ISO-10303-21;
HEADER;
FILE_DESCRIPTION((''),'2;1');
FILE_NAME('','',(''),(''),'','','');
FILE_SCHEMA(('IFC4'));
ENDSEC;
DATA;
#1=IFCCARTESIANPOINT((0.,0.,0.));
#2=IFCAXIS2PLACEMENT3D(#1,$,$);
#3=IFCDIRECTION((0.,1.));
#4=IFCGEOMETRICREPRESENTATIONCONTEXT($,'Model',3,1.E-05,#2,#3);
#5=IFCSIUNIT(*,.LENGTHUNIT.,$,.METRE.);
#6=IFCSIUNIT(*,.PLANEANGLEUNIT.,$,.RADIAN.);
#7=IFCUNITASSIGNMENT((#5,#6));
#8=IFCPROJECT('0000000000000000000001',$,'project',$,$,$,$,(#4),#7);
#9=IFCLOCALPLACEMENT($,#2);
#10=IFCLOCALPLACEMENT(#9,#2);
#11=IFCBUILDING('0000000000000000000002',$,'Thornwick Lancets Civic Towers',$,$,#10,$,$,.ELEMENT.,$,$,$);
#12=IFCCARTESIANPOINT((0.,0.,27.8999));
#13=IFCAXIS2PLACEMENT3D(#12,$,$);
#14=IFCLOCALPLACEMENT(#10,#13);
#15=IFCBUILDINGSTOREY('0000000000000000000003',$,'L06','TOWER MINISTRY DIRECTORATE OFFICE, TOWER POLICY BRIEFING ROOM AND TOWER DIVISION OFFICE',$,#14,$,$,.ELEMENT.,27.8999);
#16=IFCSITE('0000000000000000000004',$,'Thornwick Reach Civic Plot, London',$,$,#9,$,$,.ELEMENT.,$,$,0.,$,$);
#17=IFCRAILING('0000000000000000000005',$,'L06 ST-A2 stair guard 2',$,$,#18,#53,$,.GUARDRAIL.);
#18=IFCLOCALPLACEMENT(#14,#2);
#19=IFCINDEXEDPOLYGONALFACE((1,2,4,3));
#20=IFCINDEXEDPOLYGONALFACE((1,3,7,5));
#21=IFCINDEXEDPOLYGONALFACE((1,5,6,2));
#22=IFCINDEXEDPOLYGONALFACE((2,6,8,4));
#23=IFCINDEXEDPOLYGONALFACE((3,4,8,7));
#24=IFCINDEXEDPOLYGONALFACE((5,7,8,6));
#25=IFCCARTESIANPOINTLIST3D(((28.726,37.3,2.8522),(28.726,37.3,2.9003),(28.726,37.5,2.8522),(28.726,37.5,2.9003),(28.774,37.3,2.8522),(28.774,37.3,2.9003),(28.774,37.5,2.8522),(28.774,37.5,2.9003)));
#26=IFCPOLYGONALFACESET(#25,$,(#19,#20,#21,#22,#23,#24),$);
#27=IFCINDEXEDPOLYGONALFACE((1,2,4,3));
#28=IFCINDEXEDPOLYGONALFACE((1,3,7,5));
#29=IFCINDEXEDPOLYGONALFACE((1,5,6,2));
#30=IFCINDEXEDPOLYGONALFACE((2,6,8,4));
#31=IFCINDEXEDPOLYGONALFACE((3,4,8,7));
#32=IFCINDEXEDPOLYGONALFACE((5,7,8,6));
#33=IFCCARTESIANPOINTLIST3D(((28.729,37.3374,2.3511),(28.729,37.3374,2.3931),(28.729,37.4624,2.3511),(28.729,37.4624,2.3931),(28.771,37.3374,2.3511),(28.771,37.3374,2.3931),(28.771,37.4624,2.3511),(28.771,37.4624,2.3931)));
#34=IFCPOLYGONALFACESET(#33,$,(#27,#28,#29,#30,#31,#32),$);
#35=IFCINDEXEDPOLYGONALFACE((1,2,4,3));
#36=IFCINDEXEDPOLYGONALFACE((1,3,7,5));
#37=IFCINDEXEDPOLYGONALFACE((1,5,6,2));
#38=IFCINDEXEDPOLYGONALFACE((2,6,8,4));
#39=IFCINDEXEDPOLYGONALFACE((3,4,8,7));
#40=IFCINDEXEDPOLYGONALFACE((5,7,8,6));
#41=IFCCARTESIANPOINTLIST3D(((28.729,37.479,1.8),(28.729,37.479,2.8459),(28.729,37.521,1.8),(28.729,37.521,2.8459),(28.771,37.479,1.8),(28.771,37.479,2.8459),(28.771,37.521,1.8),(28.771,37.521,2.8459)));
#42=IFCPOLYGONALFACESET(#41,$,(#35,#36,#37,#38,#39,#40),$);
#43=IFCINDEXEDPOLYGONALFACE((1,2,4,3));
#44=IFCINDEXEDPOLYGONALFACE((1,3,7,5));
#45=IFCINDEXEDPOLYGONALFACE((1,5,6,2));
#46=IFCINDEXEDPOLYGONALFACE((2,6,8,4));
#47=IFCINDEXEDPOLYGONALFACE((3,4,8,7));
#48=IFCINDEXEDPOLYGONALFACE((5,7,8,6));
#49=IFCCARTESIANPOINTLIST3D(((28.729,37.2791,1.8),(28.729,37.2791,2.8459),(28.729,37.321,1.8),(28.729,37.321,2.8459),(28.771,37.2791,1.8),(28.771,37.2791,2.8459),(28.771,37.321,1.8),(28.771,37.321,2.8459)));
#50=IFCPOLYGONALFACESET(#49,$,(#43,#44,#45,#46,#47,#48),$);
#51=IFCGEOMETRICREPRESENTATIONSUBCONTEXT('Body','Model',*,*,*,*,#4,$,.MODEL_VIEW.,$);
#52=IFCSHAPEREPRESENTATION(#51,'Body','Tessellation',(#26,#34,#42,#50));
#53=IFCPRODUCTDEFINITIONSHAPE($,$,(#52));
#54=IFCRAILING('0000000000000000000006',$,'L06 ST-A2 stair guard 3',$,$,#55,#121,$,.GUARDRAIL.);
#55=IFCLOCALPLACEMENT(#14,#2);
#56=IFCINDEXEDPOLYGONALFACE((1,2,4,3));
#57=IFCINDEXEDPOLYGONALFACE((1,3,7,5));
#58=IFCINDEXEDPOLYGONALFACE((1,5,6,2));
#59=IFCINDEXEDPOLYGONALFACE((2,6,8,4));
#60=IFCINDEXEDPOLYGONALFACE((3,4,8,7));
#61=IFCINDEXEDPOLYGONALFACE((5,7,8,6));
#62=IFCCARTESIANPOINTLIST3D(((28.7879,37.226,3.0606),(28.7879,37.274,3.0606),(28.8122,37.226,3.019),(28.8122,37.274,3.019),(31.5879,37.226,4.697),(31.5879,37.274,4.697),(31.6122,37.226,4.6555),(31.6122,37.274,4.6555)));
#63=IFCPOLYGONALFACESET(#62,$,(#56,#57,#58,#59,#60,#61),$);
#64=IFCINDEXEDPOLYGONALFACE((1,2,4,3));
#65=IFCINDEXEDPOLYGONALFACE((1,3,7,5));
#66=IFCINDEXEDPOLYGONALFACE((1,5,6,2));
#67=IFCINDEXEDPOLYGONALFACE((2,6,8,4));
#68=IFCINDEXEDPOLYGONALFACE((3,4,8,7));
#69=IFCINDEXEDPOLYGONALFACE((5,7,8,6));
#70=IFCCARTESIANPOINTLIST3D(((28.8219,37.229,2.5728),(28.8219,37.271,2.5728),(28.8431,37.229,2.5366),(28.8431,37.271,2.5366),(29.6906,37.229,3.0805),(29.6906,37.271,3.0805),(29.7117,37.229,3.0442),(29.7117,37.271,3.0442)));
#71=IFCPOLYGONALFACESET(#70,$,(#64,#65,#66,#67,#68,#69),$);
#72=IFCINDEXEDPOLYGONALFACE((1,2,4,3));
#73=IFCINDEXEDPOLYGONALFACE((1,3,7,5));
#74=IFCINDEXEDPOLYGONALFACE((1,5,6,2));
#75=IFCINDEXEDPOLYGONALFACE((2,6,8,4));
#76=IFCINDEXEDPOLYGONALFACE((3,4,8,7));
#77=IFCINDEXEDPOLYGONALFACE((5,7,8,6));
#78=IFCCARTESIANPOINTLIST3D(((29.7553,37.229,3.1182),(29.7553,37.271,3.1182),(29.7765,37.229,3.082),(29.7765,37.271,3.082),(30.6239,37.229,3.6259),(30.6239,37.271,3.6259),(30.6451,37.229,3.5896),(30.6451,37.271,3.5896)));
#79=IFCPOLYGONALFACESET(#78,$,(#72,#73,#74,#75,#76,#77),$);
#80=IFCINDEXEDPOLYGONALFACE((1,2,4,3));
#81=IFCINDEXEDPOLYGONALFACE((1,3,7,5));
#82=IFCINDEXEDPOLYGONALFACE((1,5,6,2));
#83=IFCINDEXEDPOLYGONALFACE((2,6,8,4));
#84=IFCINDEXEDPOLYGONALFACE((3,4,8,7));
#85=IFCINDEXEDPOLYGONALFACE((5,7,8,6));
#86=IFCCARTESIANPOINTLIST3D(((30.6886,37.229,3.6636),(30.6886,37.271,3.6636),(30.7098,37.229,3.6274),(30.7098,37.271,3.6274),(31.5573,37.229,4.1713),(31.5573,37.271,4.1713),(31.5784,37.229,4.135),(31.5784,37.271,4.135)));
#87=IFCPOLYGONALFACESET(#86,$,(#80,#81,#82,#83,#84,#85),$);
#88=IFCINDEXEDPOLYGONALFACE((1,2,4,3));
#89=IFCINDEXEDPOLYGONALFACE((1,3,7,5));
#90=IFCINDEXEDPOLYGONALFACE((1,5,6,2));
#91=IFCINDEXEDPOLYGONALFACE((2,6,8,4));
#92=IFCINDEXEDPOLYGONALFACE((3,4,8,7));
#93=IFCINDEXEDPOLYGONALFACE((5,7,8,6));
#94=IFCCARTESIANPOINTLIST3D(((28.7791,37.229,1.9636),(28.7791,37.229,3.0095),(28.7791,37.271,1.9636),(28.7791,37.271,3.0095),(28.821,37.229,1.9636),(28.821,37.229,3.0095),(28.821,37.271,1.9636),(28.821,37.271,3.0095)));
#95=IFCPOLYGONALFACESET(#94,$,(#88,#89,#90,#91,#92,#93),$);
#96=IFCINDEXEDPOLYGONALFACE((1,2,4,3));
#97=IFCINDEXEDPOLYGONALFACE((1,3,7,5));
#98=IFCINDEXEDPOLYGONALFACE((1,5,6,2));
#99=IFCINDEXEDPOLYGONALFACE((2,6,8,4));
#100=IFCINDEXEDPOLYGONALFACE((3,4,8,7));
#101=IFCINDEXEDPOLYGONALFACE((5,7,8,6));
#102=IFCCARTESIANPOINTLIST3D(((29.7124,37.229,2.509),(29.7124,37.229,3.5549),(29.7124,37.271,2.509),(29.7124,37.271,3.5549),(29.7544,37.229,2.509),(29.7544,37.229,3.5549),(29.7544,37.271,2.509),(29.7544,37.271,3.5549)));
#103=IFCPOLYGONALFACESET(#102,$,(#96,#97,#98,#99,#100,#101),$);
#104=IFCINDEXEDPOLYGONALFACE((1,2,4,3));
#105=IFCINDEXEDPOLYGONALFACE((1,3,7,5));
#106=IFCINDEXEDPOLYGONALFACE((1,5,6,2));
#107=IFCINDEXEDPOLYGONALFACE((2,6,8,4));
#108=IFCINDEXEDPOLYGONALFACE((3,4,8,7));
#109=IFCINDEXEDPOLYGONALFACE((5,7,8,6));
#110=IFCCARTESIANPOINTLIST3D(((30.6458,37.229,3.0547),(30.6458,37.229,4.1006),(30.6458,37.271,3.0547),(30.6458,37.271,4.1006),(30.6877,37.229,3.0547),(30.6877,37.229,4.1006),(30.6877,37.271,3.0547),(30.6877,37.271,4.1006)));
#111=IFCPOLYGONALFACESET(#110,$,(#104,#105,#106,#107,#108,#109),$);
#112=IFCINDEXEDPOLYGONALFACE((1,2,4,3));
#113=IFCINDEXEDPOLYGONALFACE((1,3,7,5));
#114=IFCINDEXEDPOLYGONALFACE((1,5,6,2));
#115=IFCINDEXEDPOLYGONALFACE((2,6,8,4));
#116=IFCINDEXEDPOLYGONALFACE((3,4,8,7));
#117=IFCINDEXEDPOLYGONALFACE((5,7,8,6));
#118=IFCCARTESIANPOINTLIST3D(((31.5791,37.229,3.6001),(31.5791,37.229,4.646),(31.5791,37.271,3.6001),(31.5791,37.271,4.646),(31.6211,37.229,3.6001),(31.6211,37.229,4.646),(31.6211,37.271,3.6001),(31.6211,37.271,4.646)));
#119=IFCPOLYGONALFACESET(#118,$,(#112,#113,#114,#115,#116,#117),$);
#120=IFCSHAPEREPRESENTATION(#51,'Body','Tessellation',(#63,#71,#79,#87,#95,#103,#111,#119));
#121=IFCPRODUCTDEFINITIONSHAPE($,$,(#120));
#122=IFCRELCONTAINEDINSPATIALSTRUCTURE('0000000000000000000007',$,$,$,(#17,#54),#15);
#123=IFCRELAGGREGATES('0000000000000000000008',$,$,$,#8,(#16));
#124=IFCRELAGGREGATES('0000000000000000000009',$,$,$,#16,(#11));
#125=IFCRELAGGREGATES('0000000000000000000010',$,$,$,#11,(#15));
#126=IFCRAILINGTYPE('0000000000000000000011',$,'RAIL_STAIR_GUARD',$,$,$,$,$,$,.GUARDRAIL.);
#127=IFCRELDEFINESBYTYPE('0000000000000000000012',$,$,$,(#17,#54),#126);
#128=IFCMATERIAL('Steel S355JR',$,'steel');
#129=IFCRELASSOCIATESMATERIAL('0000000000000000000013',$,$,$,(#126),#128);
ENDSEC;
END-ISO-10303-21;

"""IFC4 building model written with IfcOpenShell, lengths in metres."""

from ifc_helpers import new_model, si_unit, direction, frame, origin, origin_2d, place, context, subcontext, project, spatial, rectangle, extrude, material, type_object, element, save


model = new_model("IFC4")

# Units and contexts
model_context = context("Model", 3, precision=1e-05, world=origin(), true_north=direction((0.0, 1.0)))
body_context = subcontext(model_context, "Body", "Model", "MODEL_VIEW")
ifc_project = project(units=[si_unit("LENGTHUNIT", "METRE"), si_unit("PLANEANGLEUNIT", "RADIAN")], contexts=[model_context])

# Site, building, storey
site_placement = place(None, origin())
site = spatial("IfcSite", under=ifc_project, at=site_placement, Name="Thornwick Reach Civic Plot, London", CompositionType="ELEMENT", RefElevation=0.0)
building_placement = place(site_placement, origin())
building = spatial("IfcBuilding", under=site, at=building_placement, Name="Thornwick Lancets Civic Towers", CompositionType="ELEMENT")
storey_placement = place(building_placement, frame((0.0, 0.0, 27.8999)))
storey = spatial("IfcBuildingStorey", under=building, at=storey_placement, Name="L06", Description="TOWER MINISTRY DIRECTORATE OFFICE, TOWER POLICY BRIEFING ROOM AND TOWER DIVISION OFFICE", CompositionType="ELEMENT", Elevation=27.8999)

# Shared definitions
ifc_material_1 = material(Name="Steel S355JR", Category="steel")

# Railings
railing_type_1 = type_object("IfcRailingType", Name="RAIL_STAIR_GUARD", PredefinedType="GUARDRAIL", material=ifc_material_1)
railing_1_placement = place(storey_placement, frame((28.75, 37.5, 1.8)))
element("IfcRailing", 1, at=railing_1_placement, inside=storey, type_object=railing_type_1, Name="L06 ST-A2 stair guard 2", PredefinedType="GUARDRAIL", context=body_context, shape_type="SweptSolid", body=[
    extrude(rectangle(XDim=0.0481, YDim=0.0481, at=origin_2d()), frame((0.0, 0.0, 1.0762), z_axis=(0.0, -1.0, 0.0), x_axis=(1.0, 0.0, 0.0)), (0.0, 0.0, 1.0), 0.2),
    extrude(rectangle(XDim=0.042, YDim=0.042, at=origin_2d()), frame((0.0, -0.0376, 0.572), z_axis=(0.0, -1.0, 0.0), x_axis=(1.0, 0.0, 0.0)), (0.0, 0.0, 1.0), 0.125),
    extrude(rectangle(XDim=0.042, YDim=0.042, at=origin_2d()), origin(), (0.0, 0.0, 1.0), 1.0459),
    extrude(rectangle(XDim=0.042, YDim=0.042, at=origin_2d()), frame((0.0, -0.2, 0.0)), (0.0, 0.0, 1.0), 1.0459),
])
railing_2_placement = place(storey_placement, frame((28.8, 37.25, 1.9636)))
element("IfcRailing", 2, at=railing_2_placement, inside=storey, type_object=railing_type_1, Name="L06 ST-A2 stair guard 3", PredefinedType="GUARDRAIL", context=body_context, shape_type="SweptSolid", body=[
    extrude(rectangle(XDim=0.0481, YDim=0.0481, at=origin_2d()), frame((0.0, 0.0, 1.0762), z_axis=(0.863361, 0.0, 0.504587), x_axis=(0.0, 1.0, 0.0)), (0.0, 0.0, 1.0), 3.2432),
    extrude(rectangle(XDim=0.042, YDim=0.042, at=origin_2d()), frame((0.0325, 0.0, 0.5911), z_axis=(0.863361, 0.0, 0.504587), x_axis=(0.0, 1.0, 0.0)), (0.0, 0.0, 1.0), 1.0061),
    extrude(rectangle(XDim=0.042, YDim=0.042, at=origin_2d()), frame((0.9658, 0.0, 1.1365), z_axis=(0.863361, 0.0, 0.504587), x_axis=(0.0, 1.0, 0.0)), (0.0, 0.0, 1.0), 1.0061),
    extrude(rectangle(XDim=0.042, YDim=0.042, at=origin_2d()), frame((1.8992, 0.0, 1.6819), z_axis=(0.863361, 0.0, 0.504587), x_axis=(0.0, 1.0, 0.0)), (0.0, 0.0, 1.0), 1.0061),
    extrude(rectangle(XDim=0.042, YDim=0.042, at=origin_2d()), origin(), (0.0, 0.0, 1.0), 1.0459),
    extrude(rectangle(XDim=0.042, YDim=0.042, at=origin_2d()), frame((0.9333, 0.0, 0.5454)), (0.0, 0.0, 1.0), 1.0459),
    extrude(rectangle(XDim=0.042, YDim=0.042, at=origin_2d()), frame((1.8667, 0.0, 1.0911)), (0.0, 0.0, 1.0), 1.0459),
    extrude(rectangle(XDim=0.042, YDim=0.042, at=origin_2d()), frame((2.8, 0.0, 1.6365)), (0.0, 0.0, 1.0), 1.0459),
])

save(model, "model.ifc")
